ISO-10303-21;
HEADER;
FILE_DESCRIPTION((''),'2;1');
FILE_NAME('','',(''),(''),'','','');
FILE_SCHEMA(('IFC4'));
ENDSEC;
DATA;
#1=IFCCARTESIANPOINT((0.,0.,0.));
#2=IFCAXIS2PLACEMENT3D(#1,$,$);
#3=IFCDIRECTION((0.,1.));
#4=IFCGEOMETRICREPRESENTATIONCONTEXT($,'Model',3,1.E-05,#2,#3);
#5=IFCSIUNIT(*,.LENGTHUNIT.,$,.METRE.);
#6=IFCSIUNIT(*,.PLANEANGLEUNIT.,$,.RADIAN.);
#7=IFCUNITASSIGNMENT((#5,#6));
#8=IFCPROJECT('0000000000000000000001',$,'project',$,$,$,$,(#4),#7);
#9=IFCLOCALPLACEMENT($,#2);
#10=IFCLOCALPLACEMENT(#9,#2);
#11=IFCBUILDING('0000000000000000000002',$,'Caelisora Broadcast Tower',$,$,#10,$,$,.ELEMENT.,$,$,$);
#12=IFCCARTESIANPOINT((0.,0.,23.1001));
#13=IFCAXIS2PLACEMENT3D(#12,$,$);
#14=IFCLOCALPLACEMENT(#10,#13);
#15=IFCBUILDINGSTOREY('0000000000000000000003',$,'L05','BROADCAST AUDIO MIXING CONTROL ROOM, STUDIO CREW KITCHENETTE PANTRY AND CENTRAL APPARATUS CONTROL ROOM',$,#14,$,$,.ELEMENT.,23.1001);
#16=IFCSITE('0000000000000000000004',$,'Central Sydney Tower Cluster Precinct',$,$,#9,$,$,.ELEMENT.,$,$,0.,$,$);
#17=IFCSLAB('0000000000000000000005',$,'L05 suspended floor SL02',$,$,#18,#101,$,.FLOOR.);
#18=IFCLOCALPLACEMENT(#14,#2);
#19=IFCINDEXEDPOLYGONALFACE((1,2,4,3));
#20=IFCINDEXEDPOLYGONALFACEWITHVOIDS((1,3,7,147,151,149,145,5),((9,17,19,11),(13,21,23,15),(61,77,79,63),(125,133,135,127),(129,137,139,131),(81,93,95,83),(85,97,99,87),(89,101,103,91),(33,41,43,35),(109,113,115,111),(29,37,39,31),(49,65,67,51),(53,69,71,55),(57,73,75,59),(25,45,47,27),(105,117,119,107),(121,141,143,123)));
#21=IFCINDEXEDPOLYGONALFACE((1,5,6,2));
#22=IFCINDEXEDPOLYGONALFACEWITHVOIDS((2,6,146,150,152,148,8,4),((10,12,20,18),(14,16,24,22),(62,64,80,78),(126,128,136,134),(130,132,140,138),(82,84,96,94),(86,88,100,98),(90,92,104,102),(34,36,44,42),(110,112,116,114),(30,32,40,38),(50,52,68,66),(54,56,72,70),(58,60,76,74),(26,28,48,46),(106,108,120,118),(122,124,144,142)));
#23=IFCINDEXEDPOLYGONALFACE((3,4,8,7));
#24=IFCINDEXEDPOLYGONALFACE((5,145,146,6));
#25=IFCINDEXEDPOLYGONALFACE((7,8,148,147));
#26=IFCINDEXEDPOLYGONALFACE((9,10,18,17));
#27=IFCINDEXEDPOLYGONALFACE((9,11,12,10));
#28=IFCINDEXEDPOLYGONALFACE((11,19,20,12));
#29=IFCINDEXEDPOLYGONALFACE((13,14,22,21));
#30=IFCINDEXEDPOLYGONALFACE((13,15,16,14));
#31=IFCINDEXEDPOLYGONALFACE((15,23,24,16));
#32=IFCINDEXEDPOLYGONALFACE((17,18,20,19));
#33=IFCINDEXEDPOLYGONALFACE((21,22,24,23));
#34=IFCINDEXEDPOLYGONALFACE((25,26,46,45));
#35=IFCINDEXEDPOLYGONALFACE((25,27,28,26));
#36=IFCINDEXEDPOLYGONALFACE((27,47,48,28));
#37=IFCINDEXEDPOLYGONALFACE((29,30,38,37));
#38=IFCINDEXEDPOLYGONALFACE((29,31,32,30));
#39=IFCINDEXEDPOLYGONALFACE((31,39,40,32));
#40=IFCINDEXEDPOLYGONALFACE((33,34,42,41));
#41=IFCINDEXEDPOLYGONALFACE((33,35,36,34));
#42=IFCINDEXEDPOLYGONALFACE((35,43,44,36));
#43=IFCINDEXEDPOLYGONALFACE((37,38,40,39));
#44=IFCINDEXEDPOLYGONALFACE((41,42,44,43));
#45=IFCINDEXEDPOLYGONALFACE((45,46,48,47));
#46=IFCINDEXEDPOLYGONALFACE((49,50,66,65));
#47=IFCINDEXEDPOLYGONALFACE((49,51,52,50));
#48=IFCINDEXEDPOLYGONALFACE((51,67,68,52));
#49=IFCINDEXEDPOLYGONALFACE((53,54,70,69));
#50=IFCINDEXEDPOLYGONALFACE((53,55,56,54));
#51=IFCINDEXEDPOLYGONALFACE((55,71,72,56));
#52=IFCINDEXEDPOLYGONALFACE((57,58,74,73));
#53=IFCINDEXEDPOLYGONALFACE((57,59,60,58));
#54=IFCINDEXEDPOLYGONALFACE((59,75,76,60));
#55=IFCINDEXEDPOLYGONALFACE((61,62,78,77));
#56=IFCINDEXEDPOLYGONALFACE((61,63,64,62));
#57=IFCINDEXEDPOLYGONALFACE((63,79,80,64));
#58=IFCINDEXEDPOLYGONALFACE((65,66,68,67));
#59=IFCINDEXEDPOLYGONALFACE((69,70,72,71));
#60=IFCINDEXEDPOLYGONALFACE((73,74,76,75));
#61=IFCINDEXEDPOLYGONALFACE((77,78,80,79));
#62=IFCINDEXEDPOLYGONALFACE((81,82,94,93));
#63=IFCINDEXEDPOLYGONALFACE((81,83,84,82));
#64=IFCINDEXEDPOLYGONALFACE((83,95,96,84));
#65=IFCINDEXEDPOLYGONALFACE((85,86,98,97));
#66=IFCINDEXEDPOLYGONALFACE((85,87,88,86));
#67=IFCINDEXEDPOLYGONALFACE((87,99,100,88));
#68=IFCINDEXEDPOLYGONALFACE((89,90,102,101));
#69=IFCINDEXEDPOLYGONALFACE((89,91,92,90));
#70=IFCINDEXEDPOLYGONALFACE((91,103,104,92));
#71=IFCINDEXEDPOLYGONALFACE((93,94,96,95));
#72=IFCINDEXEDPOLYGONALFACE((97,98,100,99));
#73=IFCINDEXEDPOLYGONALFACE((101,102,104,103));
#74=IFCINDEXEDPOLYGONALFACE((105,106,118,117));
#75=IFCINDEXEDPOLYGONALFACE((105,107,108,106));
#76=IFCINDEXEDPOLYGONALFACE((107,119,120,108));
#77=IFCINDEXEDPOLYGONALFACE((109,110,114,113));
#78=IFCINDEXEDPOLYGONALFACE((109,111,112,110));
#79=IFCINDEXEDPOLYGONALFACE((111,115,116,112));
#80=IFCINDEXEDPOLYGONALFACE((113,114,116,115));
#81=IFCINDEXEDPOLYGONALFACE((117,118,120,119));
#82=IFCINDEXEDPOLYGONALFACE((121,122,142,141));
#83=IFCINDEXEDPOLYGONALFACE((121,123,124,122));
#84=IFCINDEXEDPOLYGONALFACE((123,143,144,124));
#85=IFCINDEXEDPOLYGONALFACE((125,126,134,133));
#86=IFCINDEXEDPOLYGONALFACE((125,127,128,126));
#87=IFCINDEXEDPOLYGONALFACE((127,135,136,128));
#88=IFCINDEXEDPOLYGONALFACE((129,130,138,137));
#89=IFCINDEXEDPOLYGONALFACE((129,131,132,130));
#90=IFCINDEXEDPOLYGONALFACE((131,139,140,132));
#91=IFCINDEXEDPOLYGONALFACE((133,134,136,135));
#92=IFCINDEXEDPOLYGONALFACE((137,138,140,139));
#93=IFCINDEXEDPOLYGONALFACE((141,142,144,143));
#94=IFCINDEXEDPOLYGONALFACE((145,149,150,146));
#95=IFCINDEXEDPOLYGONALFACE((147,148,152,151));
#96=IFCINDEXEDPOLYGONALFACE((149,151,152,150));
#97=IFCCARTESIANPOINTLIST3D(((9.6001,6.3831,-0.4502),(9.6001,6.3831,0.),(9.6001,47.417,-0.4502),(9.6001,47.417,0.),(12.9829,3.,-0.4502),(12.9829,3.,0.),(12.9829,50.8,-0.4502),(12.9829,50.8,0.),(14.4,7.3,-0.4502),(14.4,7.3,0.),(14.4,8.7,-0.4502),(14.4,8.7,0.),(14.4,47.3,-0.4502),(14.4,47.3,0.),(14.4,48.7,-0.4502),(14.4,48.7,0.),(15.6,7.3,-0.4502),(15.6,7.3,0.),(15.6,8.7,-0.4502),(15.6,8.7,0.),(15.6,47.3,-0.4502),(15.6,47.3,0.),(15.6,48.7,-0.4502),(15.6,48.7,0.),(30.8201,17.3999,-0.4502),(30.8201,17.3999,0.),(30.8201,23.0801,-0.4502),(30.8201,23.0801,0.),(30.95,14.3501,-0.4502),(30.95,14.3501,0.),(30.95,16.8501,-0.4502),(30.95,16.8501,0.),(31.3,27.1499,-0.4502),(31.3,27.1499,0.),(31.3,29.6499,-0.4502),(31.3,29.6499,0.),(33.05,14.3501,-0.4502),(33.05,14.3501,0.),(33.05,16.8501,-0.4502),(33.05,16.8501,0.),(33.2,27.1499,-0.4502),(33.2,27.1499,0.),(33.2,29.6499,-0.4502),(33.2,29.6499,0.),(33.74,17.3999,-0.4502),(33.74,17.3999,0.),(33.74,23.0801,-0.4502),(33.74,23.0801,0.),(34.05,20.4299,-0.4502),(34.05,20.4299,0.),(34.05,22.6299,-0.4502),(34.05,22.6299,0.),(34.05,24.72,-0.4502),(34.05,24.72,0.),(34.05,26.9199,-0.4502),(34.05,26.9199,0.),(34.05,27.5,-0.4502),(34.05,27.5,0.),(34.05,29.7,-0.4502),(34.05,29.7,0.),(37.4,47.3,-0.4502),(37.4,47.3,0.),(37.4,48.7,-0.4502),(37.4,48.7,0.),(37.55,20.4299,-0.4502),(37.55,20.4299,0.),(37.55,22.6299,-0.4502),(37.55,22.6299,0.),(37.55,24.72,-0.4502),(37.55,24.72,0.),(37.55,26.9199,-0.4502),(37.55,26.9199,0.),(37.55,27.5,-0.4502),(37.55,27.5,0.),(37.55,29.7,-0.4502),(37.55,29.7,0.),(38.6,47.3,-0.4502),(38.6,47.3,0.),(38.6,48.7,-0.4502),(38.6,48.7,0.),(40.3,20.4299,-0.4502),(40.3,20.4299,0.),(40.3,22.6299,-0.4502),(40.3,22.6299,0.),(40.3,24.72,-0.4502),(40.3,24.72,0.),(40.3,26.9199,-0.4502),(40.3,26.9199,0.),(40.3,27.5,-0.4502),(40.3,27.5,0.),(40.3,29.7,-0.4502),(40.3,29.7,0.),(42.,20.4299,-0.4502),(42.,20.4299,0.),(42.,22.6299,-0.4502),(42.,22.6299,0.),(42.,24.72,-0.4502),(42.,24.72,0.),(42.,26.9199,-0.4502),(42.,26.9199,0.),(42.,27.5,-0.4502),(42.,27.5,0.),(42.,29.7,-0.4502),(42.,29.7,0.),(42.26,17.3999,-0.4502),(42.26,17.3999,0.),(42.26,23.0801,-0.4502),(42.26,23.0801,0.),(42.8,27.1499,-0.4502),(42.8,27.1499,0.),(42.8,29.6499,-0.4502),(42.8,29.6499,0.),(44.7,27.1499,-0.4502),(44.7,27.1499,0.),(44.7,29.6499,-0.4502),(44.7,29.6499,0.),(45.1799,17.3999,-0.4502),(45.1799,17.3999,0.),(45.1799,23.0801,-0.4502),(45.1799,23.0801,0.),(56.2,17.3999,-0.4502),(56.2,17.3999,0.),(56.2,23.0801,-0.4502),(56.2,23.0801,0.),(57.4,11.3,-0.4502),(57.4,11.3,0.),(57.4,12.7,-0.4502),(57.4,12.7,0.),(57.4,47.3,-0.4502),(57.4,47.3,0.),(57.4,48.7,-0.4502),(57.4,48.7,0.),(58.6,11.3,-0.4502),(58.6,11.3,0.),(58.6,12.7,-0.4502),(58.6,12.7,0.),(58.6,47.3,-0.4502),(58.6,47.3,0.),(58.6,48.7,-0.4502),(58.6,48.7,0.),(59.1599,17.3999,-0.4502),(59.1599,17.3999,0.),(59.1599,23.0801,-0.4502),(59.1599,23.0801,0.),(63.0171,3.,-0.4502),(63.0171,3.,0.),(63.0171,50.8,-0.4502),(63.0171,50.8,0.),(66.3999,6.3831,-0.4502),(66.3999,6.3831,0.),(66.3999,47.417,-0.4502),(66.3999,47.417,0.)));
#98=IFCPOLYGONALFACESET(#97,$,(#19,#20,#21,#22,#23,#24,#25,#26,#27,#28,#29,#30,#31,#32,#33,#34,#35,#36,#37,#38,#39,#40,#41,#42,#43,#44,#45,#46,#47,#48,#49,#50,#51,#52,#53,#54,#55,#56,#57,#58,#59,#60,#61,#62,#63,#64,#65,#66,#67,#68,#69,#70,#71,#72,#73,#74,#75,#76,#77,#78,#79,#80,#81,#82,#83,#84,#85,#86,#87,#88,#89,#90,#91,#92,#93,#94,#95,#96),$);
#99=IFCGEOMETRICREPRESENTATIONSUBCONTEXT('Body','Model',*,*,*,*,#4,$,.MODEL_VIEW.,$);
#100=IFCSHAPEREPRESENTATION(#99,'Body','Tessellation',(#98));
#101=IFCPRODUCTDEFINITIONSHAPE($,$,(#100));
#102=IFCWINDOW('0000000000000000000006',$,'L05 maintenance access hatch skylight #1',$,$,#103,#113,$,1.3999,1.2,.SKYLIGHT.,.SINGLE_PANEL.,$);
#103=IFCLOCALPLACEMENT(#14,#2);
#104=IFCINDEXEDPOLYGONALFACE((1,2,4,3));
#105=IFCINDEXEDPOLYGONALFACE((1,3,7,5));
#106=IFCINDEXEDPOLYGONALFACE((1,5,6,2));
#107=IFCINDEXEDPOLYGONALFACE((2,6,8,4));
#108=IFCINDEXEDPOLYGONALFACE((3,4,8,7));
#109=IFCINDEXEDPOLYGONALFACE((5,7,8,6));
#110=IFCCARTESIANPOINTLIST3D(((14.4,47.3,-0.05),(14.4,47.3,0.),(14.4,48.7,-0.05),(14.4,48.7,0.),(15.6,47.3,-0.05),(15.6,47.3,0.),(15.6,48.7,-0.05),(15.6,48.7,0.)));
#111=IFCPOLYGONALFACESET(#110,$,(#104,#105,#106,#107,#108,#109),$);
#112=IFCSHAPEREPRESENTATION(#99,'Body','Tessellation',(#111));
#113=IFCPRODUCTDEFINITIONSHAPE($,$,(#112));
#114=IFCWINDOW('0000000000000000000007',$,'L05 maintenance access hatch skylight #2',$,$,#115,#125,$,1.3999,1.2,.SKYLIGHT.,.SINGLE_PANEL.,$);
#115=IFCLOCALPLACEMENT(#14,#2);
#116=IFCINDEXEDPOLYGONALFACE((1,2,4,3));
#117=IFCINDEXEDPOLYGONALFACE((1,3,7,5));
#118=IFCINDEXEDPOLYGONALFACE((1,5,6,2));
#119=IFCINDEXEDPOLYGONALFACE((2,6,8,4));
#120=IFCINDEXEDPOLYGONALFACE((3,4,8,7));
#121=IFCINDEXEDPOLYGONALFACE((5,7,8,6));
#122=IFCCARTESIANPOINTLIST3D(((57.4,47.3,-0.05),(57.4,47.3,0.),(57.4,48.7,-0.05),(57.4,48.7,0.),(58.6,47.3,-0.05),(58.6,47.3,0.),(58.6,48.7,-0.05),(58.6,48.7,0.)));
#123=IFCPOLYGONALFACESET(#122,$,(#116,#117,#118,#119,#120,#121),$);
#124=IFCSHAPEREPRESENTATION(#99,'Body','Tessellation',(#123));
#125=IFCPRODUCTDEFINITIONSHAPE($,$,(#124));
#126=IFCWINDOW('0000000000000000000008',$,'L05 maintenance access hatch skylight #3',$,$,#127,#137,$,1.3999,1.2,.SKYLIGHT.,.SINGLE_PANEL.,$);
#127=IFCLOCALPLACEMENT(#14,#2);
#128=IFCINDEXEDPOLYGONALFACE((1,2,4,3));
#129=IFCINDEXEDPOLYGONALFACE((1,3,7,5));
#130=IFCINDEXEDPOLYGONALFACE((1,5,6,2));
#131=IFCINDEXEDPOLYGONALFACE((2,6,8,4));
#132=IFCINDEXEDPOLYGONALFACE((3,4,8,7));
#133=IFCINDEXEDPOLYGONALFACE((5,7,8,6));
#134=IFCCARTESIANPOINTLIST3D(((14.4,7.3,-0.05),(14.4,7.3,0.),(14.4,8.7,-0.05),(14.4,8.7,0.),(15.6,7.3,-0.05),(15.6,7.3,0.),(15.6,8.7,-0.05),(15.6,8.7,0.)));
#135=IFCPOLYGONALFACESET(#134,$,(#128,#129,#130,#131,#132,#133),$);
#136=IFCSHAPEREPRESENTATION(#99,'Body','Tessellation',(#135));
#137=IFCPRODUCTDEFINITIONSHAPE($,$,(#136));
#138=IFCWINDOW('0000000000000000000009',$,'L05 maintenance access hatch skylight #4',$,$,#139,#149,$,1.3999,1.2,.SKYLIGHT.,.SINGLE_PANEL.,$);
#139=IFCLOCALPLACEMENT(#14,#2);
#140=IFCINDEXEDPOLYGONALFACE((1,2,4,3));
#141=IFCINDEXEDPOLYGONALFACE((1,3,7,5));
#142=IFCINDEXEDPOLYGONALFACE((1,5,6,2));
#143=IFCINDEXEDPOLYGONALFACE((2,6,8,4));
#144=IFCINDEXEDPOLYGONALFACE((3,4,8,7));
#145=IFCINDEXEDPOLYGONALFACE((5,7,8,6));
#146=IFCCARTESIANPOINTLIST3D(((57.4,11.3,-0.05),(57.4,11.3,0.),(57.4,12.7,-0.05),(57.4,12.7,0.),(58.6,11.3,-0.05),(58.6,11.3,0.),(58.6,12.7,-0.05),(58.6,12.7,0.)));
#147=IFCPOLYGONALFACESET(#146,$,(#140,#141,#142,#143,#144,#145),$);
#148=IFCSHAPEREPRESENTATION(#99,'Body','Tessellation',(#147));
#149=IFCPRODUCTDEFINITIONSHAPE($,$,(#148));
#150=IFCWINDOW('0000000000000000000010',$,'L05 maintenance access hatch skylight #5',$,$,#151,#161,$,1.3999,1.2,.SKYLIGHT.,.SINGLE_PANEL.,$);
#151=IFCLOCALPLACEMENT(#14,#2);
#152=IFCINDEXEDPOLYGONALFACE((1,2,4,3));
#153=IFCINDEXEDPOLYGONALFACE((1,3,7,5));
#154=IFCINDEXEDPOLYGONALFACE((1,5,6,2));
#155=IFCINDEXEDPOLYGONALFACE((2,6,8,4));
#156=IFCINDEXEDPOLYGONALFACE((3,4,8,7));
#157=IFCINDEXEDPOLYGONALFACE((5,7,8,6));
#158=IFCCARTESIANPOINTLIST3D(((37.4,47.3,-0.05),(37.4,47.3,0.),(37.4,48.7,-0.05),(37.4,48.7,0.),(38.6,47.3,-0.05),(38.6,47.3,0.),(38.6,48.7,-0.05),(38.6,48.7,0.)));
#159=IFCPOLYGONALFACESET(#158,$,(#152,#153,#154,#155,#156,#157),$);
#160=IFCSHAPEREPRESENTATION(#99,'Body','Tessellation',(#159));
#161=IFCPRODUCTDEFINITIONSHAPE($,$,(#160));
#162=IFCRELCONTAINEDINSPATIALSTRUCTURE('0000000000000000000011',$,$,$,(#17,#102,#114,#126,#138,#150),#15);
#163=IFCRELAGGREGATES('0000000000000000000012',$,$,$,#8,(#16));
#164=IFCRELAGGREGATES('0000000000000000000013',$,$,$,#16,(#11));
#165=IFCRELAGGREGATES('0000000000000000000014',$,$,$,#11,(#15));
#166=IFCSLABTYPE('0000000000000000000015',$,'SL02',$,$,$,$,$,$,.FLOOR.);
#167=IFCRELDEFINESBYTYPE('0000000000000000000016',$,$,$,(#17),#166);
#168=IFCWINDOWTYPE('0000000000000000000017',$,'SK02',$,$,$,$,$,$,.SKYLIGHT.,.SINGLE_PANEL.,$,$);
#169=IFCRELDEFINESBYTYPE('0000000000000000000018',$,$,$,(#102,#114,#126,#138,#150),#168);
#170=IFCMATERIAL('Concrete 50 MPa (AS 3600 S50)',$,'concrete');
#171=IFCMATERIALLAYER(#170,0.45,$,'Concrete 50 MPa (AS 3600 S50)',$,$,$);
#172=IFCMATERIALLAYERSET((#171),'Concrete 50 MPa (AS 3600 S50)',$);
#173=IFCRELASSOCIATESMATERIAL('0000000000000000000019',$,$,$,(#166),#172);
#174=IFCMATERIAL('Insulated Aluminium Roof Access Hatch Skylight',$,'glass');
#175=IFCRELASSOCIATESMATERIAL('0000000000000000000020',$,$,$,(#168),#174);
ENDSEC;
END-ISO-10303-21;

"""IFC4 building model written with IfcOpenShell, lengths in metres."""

from ifc_helpers import new_model, si_unit, direction, frame, origin, origin_2d, place, context, subcontext, project, spatial, polyline, rectangle, outline, extrude, material, layer, layer_set, type_object, element, fill, save


model = new_model("IFC4")

# Units and contexts
model_context = context("Model", 3, precision=1e-05, world=origin(), true_north=direction((0.0, 1.0)))
body_context = subcontext(model_context, "Body", "Model", "MODEL_VIEW")
ifc_project = project(units=[si_unit("LENGTHUNIT", "METRE"), si_unit("PLANEANGLEUNIT", "RADIAN")], contexts=[model_context])

# Site, building, storey
site_placement = place(None, origin())
site = spatial("IfcSite", under=ifc_project, at=site_placement, Name="Central Sydney Tower Cluster Precinct", CompositionType="ELEMENT", RefElevation=0.0)
building_placement = place(site_placement, origin())
building = spatial("IfcBuilding", under=site, at=building_placement, Name="Caelisora Broadcast Tower", CompositionType="ELEMENT")
storey_placement = place(building_placement, frame((0.0, 0.0, 23.1001)))
storey = spatial("IfcBuildingStorey", under=building, at=storey_placement, Name="L05", Description="BROADCAST AUDIO MIXING CONTROL ROOM, STUDIO CREW KITCHENETTE PANTRY AND CENTRAL APPARATUS CONTROL ROOM", CompositionType="ELEMENT", Elevation=23.1001)

# Slab, openings, windows
ifc_material_1 = material(Name="Concrete 50 MPa (AS 3600 S50)", Category="concrete")
ifc_layer_1 = layer(ifc_material_1, 0.45, Name="Concrete 50 MPa (AS 3600 S50)")
ifc_layer_set_1 = layer_set([ifc_layer_1], Name="Concrete 50 MPa (AS 3600 S50)")
slab_type_1 = type_object("IfcSlabType", Name="SL02", PredefinedType="FLOOR", material=ifc_layer_set_1)
slab_1_placement = place(storey_placement, frame((0.0, 0.0, -0.4502)))
slab_1 = element("IfcSlab", 1, at=slab_1_placement, inside=storey, type_object=slab_type_1, Name="L05 suspended floor SL02", PredefinedType="FLOOR", context=body_context, shape_type="SweptSolid", body=[
    extrude(outline(polyline([(12.9829, 3.0), (9.6001, 6.3831), (9.6001, 47.417), (12.9829, 50.8), (63.0171, 50.8), (66.3999, 47.417), (66.3999, 6.3831), (63.0171, 3.0), (12.9829, 3.0)]), holes=[polyline([(30.8201, 17.3999), (33.74, 17.3999), (33.74, 23.0801), (30.8201, 23.0801), (30.8201, 17.3999)]), polyline([(42.26, 17.3999), (45.1799, 17.3999), (45.1799, 23.0801), (42.26, 23.0801), (42.26, 17.3999)]), polyline([(56.2, 17.3999), (59.1599, 17.3999), (59.1599, 23.0801), (56.2, 23.0801), (56.2, 17.3999)]), polyline([(42.8, 27.1499), (44.7, 27.1499), (44.7, 29.6499), (42.8, 29.6499), (42.8, 27.1499)]), polyline([(40.3, 20.4299), (42.0, 20.4299), (42.0, 22.6299), (40.3, 22.6299), (40.3, 20.4299)]), polyline([(40.3, 24.72), (42.0, 24.72), (42.0, 26.9199), (40.3, 26.9199), (40.3, 24.72)]), polyline([(40.3, 27.5), (42.0, 27.5), (42.0, 29.7), (40.3, 29.7), (40.3, 27.5)]), polyline([(34.05, 27.5), (37.55, 27.5), (37.55, 29.7), (34.05, 29.7), (34.05, 27.5)]), polyline([(34.05, 20.4299), (37.55, 20.4299), (37.55, 22.6299), (34.05, 22.6299), (34.05, 20.4299)]), polyline([(34.05, 24.72), (37.55, 24.72), (37.55, 26.9199), (34.05, 26.9199), (34.05, 24.72)]), polyline([(31.3, 27.1499), (33.2, 27.1499), (33.2, 29.6499), (31.3, 29.6499), (31.3, 27.1499)]), polyline([(30.95, 14.3501), (33.05, 14.3501), (33.05, 16.8501), (30.95, 16.8501), (30.95, 14.3501)])]), origin(), (0.0, 0.0, 1.0), 0.4502),
])
opening_1_placement = place(slab_1_placement, frame((15.0, 48.0, 0.0)))
opening_1 = element("IfcOpeningElement", 2, at=opening_1_placement, cuts=slab_1, PredefinedType="OPENING", context=body_context, shape_type="SweptSolid", body=[
    extrude(rectangle(XDim=1.2, YDim=1.3999, at=origin_2d()), origin(), (0.0, 0.0, 1.0), 0.4502),
])
opening_2_placement = place(slab_1_placement, frame((58.0, 48.0, 0.0)))
opening_2 = element("IfcOpeningElement", 3, at=opening_2_placement, cuts=slab_1, PredefinedType="OPENING", context=body_context, shape_type="SweptSolid", body=[
    extrude(rectangle(XDim=1.2, YDim=1.3999, at=origin_2d()), origin(), (0.0, 0.0, 1.0), 0.4502),
])
opening_3_placement = place(slab_1_placement, frame((15.0, 8.0, 0.0)))
opening_3 = element("IfcOpeningElement", 4, at=opening_3_placement, cuts=slab_1, PredefinedType="OPENING", context=body_context, shape_type="SweptSolid", body=[
    extrude(rectangle(XDim=1.2, YDim=1.3999, at=origin_2d()), origin(), (0.0, 0.0, 1.0), 0.4502),
])
opening_4_placement = place(slab_1_placement, frame((58.0, 12.0, 0.0)))
opening_4 = element("IfcOpeningElement", 5, at=opening_4_placement, cuts=slab_1, PredefinedType="OPENING", context=body_context, shape_type="SweptSolid", body=[
    extrude(rectangle(XDim=1.2, YDim=1.3999, at=origin_2d()), origin(), (0.0, 0.0, 1.0), 0.4502),
])
opening_5_placement = place(slab_1_placement, frame((38.0, 48.0, 0.0)))
opening_5 = element("IfcOpeningElement", 6, at=opening_5_placement, cuts=slab_1, PredefinedType="OPENING", context=body_context, shape_type="SweptSolid", body=[
    extrude(rectangle(XDim=1.2, YDim=1.3999, at=origin_2d()), origin(), (0.0, 0.0, 1.0), 0.4502),
])
ifc_material_2 = material(Name="Insulated Aluminium Roof Access Hatch Skylight", Category="glass")
window_type = type_object("IfcWindowType", Name="SK02", PartitioningType="SINGLE_PANEL", PredefinedType="SKYLIGHT", material=ifc_material_2)
window_1_placement = place(opening_1_placement, frame((0.0, 0.0, 0.4001)))
window_1 = element("IfcWindow", 7, at=window_1_placement, inside=storey, type_object=window_type, Name="L05 maintenance access hatch skylight #1", OverallHeight=1.3999, OverallWidth=1.2, PartitioningType="SINGLE_PANEL", PredefinedType="SKYLIGHT", context=body_context, shape_type="SweptSolid", body=[
    extrude(rectangle(XDim=1.2, YDim=1.3999, at=origin_2d()), origin(), (0.0, 0.0, 1.0), 0.05),
])
fill(opening_1, window_1)
window_2_placement = place(opening_2_placement, frame((0.0, 0.0, 0.4001)))
window_2 = element("IfcWindow", 8, at=window_2_placement, inside=storey, type_object=window_type, Name="L05 maintenance access hatch skylight #2", OverallHeight=1.3999, OverallWidth=1.2, PartitioningType="SINGLE_PANEL", PredefinedType="SKYLIGHT", context=body_context, shape_type="SweptSolid", body=[
    extrude(rectangle(XDim=1.2, YDim=1.3999, at=origin_2d()), origin(), (0.0, 0.0, 1.0), 0.05),
])
fill(opening_2, window_2)
window_3_placement = place(opening_3_placement, frame((0.0, 0.0, 0.4001)))
window_3 = element("IfcWindow", 9, at=window_3_placement, inside=storey, type_object=window_type, Name="L05 maintenance access hatch skylight #3", OverallHeight=1.3999, OverallWidth=1.2, PartitioningType="SINGLE_PANEL", PredefinedType="SKYLIGHT", context=body_context, shape_type="SweptSolid", body=[
    extrude(rectangle(XDim=1.2, YDim=1.3999, at=origin_2d()), origin(), (0.0, 0.0, 1.0), 0.05),
])
fill(opening_3, window_3)
window_4_placement = place(opening_4_placement, frame((0.0, 0.0, 0.4001)))
window_4 = element("IfcWindow", 10, at=window_4_placement, inside=storey, type_object=window_type, Name="L05 maintenance access hatch skylight #4", OverallHeight=1.3999, OverallWidth=1.2, PartitioningType="SINGLE_PANEL", PredefinedType="SKYLIGHT", context=body_context, shape_type="SweptSolid", body=[
    extrude(rectangle(XDim=1.2, YDim=1.3999, at=origin_2d()), origin(), (0.0, 0.0, 1.0), 0.05),
])
fill(opening_4, window_4)
window_5_placement = place(opening_5_placement, frame((0.0, 0.0, 0.4001)))
window_5 = element("IfcWindow", 11, at=window_5_placement, inside=storey, type_object=window_type, Name="L05 maintenance access hatch skylight #5", OverallHeight=1.3999, OverallWidth=1.2, PartitioningType="SINGLE_PANEL", PredefinedType="SKYLIGHT", context=body_context, shape_type="SweptSolid", body=[
    extrude(rectangle(XDim=1.2, YDim=1.3999, at=origin_2d()), origin(), (0.0, 0.0, 1.0), 0.05),
])
fill(opening_5, window_5)

save(model, "model.ifc")
